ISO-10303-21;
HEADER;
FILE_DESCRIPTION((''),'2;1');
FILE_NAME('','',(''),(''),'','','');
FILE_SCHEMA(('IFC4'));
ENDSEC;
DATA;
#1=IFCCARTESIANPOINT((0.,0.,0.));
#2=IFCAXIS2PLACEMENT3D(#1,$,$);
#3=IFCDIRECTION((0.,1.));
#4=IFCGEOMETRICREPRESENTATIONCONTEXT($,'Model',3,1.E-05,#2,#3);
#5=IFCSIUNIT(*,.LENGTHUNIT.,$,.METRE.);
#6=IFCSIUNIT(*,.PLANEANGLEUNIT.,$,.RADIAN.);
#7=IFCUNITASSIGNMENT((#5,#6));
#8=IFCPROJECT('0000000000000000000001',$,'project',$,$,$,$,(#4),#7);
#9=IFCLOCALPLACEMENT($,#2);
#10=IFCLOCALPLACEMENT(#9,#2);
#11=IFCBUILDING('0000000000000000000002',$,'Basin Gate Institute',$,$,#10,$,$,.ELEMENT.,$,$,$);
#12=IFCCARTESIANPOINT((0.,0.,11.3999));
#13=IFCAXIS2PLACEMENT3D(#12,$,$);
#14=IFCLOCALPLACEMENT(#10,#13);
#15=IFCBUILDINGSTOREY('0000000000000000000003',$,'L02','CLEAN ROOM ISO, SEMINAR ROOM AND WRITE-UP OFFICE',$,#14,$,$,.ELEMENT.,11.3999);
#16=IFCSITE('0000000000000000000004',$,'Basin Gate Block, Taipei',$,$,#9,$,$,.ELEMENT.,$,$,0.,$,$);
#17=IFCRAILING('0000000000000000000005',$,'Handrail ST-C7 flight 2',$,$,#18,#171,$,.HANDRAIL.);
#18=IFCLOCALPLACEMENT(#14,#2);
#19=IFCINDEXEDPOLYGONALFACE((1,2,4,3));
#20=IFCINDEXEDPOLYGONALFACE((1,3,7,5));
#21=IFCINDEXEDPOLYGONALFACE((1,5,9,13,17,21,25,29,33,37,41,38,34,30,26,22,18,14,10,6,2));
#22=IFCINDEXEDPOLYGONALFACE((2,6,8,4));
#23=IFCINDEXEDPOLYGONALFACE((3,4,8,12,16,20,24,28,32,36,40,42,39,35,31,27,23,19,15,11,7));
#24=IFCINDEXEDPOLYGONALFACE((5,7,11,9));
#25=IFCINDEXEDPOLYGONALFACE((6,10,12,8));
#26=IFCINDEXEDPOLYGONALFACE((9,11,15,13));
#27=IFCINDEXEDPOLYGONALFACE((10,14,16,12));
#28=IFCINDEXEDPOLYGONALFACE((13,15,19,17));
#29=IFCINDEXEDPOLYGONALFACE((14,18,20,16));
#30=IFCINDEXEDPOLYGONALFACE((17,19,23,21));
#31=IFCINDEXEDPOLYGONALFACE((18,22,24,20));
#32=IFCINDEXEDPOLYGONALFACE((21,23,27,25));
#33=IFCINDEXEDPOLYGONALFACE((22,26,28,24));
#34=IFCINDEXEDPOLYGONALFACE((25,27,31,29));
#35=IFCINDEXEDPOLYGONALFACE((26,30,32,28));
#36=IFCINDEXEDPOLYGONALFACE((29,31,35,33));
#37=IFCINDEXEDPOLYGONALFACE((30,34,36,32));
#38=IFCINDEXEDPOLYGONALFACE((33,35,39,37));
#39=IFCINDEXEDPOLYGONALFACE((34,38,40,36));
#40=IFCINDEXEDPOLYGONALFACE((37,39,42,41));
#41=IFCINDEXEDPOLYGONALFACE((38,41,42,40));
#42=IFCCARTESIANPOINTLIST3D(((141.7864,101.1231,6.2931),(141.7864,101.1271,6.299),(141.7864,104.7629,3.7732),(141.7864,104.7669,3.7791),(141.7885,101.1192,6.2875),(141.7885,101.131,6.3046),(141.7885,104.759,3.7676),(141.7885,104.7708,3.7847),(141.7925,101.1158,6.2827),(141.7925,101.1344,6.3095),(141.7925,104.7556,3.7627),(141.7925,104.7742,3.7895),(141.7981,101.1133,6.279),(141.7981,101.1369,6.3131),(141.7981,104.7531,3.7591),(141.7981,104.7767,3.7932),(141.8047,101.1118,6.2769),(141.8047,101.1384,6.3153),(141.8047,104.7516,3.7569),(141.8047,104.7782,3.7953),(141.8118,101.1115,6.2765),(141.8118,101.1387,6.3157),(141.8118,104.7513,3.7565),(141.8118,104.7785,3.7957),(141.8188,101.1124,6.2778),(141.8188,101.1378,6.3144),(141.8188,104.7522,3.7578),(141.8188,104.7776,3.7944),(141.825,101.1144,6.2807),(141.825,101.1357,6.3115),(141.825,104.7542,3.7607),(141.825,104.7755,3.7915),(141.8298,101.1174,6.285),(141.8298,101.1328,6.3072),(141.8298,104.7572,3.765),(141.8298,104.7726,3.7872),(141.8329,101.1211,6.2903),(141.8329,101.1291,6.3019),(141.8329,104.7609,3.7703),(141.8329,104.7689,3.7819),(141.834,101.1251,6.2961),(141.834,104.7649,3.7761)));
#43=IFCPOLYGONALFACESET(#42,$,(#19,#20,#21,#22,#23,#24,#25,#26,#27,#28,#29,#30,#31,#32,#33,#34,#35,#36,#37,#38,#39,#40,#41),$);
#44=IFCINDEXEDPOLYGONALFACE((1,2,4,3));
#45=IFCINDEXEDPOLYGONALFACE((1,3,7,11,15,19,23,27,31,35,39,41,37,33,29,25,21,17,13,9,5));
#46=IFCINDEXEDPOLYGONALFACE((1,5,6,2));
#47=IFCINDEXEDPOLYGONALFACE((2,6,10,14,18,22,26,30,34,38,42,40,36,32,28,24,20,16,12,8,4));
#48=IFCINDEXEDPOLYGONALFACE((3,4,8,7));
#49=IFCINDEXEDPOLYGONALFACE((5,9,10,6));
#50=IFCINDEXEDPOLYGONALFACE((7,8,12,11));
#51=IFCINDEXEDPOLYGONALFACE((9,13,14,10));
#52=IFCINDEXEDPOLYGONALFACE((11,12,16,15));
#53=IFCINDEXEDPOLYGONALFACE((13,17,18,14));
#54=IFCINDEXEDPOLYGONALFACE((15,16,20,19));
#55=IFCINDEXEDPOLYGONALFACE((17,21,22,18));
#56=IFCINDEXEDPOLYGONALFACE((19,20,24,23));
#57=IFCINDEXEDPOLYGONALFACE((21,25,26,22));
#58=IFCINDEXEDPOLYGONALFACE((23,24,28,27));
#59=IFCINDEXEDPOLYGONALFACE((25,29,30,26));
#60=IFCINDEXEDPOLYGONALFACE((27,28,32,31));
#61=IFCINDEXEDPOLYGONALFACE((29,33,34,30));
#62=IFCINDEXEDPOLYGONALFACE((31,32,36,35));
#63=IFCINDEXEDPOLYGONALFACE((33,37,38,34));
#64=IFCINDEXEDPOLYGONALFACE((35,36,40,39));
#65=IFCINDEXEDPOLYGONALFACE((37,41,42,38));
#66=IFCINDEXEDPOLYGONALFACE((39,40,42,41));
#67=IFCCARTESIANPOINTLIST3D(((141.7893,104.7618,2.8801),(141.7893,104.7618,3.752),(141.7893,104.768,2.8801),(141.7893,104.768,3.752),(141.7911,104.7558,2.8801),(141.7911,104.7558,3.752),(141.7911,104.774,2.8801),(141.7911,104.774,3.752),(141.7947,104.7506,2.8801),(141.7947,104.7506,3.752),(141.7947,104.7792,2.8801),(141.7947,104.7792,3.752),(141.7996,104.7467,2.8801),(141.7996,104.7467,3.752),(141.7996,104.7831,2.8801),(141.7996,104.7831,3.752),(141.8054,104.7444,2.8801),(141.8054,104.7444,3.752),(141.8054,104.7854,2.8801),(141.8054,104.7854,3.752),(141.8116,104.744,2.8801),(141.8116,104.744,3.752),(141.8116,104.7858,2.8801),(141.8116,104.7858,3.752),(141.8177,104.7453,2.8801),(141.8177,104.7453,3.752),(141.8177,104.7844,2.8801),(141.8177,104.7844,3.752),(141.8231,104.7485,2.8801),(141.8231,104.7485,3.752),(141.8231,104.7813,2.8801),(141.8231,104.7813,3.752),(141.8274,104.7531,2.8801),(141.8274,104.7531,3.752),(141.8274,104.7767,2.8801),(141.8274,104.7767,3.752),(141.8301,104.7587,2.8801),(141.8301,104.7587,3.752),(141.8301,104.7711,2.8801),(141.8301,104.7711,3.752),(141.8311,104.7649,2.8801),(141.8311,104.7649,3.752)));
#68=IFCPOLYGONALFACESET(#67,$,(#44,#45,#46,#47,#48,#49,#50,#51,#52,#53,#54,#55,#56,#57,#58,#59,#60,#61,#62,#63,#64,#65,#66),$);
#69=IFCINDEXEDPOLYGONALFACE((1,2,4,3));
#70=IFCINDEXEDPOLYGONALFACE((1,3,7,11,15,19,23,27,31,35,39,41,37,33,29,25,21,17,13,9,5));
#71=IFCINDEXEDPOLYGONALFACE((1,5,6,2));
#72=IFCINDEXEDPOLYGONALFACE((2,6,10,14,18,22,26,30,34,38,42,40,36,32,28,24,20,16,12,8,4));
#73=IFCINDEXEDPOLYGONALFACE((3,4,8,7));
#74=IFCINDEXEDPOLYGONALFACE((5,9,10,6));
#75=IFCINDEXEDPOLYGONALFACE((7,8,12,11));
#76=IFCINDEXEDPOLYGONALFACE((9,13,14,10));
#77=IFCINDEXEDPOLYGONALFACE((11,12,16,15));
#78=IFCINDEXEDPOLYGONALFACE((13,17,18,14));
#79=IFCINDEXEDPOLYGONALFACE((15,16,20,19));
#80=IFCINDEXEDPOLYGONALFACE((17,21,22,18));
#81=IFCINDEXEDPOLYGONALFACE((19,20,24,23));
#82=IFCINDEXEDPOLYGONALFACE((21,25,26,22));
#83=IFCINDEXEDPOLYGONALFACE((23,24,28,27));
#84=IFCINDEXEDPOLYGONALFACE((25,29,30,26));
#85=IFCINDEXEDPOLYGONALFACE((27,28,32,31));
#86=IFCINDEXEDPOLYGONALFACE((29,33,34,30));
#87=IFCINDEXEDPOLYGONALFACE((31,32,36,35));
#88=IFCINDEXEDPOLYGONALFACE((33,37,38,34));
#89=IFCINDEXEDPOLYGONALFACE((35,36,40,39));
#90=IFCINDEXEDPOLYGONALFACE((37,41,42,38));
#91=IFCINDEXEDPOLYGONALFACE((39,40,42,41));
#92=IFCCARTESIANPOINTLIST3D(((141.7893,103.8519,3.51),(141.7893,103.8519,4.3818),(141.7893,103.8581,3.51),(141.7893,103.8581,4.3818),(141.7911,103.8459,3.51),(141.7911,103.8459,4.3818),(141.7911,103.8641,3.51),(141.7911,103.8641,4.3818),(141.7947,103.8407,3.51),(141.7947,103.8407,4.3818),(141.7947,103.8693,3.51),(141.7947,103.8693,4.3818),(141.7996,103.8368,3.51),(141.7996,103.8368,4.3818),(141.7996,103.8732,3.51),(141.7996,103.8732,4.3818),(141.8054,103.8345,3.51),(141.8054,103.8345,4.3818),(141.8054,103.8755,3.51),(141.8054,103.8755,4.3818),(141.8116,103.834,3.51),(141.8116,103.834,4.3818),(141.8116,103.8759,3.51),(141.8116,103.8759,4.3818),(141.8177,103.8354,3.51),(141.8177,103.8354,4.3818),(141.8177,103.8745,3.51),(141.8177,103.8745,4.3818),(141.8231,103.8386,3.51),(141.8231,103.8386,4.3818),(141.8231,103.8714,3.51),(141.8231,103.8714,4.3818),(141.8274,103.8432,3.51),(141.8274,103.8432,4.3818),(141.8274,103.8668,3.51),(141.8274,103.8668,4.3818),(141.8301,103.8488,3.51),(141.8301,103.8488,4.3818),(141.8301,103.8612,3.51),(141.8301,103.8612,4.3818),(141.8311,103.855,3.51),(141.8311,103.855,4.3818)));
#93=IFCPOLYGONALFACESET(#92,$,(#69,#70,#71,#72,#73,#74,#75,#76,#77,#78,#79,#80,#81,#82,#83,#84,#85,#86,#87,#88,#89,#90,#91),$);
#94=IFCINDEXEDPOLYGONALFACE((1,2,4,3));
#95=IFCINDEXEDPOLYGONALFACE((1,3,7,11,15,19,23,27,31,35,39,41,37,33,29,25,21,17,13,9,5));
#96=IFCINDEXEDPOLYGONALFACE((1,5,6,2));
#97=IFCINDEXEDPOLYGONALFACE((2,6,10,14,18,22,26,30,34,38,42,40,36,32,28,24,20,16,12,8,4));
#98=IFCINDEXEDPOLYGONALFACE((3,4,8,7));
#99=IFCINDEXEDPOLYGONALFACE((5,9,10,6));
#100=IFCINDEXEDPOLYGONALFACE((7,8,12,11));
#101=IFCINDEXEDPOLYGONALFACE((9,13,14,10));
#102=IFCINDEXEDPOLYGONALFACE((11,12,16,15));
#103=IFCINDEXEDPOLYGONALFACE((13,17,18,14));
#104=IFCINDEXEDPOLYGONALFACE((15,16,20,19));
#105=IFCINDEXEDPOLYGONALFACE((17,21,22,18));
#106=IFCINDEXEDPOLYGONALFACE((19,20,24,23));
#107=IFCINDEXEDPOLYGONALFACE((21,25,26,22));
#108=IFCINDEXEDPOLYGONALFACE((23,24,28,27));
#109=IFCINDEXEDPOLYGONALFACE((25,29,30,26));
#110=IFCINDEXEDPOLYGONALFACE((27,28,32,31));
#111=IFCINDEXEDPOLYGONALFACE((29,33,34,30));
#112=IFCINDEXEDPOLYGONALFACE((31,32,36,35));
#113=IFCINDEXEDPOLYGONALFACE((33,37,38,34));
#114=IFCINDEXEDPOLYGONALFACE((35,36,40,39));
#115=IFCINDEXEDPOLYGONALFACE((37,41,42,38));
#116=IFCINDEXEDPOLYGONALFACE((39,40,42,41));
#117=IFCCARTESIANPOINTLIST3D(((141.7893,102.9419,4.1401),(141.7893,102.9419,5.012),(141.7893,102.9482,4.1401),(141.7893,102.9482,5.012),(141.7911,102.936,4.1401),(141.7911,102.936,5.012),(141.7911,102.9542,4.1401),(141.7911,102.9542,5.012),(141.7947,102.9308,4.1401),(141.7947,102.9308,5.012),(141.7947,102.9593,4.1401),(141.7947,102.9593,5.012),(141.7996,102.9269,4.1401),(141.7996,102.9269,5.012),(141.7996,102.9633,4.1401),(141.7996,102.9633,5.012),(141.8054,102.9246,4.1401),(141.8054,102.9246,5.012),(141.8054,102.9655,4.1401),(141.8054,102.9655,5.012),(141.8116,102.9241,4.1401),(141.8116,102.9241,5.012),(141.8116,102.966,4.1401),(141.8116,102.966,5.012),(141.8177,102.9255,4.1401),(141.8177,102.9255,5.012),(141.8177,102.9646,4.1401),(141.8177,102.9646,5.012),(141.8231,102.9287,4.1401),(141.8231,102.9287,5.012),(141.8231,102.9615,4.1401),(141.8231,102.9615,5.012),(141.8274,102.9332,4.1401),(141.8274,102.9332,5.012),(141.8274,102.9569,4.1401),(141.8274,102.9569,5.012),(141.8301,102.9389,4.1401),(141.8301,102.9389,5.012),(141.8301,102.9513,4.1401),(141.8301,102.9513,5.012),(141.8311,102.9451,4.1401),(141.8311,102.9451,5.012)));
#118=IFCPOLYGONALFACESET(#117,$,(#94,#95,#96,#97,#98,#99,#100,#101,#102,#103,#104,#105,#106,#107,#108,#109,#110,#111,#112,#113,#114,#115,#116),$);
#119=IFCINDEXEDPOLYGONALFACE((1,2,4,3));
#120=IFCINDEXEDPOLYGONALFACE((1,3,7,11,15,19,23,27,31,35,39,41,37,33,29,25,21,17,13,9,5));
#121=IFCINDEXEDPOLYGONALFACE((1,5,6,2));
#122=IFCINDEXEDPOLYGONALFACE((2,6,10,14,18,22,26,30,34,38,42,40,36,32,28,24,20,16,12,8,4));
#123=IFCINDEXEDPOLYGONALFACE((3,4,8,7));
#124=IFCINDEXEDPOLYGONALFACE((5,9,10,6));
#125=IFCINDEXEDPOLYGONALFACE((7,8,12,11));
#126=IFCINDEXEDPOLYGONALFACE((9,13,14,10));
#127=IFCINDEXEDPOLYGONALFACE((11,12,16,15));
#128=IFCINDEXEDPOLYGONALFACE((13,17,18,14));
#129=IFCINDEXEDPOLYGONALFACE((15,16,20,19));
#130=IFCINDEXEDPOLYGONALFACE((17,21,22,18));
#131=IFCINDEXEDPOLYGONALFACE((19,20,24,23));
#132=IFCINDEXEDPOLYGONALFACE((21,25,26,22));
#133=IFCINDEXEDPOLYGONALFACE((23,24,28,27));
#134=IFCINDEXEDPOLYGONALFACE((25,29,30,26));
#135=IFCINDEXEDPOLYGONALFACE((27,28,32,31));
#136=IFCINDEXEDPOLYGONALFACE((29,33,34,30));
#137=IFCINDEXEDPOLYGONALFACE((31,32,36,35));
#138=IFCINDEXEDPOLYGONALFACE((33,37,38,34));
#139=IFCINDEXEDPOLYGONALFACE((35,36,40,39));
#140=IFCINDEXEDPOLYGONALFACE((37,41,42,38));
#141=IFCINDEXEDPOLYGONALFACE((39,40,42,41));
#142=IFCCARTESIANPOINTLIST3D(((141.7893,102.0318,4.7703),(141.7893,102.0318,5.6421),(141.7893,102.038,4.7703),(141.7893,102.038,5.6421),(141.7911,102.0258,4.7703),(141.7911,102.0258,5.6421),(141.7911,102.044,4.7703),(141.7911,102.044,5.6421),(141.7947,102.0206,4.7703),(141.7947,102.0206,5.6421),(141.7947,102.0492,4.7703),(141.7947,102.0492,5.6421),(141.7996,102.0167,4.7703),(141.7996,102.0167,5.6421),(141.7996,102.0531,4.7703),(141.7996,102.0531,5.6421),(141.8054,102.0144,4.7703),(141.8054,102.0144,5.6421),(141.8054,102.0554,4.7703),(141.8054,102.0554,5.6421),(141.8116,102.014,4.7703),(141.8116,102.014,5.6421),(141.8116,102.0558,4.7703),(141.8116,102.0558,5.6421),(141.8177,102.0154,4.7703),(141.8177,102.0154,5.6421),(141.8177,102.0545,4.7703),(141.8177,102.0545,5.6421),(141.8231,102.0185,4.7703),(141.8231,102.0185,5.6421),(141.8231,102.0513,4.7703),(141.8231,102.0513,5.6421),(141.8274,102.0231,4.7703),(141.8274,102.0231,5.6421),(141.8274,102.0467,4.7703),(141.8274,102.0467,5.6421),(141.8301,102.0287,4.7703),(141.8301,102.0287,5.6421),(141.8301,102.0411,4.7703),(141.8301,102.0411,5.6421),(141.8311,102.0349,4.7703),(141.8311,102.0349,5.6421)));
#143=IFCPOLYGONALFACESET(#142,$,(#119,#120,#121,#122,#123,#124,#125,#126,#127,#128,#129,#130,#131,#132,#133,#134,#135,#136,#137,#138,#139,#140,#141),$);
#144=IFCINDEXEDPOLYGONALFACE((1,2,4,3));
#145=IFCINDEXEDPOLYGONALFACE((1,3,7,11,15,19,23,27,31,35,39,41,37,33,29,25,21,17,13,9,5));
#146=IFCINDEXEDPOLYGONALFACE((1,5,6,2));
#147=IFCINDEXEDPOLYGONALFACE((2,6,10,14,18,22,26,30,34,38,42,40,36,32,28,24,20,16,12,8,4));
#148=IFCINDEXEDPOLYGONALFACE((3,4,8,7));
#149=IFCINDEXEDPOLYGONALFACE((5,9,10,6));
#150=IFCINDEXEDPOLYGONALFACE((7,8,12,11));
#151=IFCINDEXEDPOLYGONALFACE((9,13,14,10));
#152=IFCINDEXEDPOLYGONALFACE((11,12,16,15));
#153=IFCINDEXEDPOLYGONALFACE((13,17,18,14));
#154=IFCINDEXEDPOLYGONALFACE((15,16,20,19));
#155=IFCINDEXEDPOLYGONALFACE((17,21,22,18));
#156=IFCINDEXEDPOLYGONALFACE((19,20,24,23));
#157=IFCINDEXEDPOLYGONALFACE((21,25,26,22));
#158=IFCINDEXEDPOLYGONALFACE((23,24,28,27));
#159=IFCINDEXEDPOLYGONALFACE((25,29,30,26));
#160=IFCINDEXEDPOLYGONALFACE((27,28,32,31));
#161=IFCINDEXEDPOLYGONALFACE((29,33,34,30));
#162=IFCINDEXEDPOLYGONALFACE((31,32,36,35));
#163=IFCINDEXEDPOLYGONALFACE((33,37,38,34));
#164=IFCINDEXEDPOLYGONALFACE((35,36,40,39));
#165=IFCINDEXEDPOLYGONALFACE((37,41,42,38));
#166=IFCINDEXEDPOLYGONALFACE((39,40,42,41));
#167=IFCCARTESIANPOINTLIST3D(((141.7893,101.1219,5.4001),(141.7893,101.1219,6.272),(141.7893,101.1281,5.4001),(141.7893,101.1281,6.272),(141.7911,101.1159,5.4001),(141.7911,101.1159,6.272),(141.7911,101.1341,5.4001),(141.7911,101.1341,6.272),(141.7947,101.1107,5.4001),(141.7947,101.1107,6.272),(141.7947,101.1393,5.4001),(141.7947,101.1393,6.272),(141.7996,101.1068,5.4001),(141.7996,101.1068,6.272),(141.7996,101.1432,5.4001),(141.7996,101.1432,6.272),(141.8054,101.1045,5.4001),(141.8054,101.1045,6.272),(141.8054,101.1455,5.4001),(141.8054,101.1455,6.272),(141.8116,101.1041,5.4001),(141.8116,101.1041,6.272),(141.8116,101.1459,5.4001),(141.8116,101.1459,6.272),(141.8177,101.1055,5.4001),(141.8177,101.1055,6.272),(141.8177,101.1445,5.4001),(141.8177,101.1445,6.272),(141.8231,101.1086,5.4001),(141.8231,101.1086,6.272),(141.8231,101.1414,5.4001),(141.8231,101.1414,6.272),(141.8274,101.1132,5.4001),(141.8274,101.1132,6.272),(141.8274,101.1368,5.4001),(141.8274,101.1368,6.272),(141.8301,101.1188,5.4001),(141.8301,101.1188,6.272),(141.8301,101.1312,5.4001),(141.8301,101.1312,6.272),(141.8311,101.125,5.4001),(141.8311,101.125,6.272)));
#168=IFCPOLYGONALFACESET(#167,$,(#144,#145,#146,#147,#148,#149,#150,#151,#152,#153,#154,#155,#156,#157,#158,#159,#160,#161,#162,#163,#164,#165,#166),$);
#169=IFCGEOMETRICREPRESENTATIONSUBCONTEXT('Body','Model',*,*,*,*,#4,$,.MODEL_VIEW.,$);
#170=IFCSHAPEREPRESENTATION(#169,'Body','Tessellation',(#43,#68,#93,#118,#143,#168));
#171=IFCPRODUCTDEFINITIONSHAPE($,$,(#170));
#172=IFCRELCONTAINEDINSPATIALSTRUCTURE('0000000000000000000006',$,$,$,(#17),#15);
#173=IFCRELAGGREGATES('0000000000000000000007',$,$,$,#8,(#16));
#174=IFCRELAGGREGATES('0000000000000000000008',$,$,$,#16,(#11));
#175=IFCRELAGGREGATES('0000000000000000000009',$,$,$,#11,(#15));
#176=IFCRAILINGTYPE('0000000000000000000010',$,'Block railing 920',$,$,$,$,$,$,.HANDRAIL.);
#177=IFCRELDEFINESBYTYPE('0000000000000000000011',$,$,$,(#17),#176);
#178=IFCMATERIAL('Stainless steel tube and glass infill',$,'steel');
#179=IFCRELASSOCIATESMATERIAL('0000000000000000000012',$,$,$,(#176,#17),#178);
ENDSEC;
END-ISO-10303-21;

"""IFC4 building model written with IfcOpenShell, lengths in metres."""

from ifc_helpers import new_model, si_unit, direction, frame, origin, origin_2d, place, context, subcontext, project, spatial, circle, extrude, material, type_object, element, save


model = new_model("IFC4")

# Units and contexts
model_context = context("Model", 3, precision=1e-05, world=origin(), true_north=direction((0.0, 1.0)))
body_context = subcontext(model_context, "Body", "Model", "MODEL_VIEW")
ifc_project = project(units=[si_unit("LENGTHUNIT", "METRE"), si_unit("PLANEANGLEUNIT", "RADIAN")], contexts=[model_context])

# Site, building, storey
site_placement = place(None, origin())
site = spatial("IfcSite", under=ifc_project, at=site_placement, Name="Basin Gate Block, Taipei", CompositionType="ELEMENT", RefElevation=0.0)
building_placement = place(site_placement, origin())
building = spatial("IfcBuilding", under=site, at=building_placement, Name="Basin Gate Institute", CompositionType="ELEMENT")
storey_placement = place(building_placement, frame((0.0, 0.0, 11.3999)))
storey = spatial("IfcBuildingStorey", under=building, at=storey_placement, Name="L02", Description="CLEAN ROOM ISO, SEMINAR ROOM AND WRITE-UP OFFICE", CompositionType="ELEMENT", Elevation=11.3999)

# Railing
ifc_material_1 = material(Name="Stainless steel tube and glass infill", Category="steel")
railing_type_1 = type_object("IfcRailingType", Name="Block railing 920", PredefinedType="HANDRAIL", material=ifc_material_1)
for number, where, name in (
    (1, (141.8101, 104.7649, 2.8801), "Handrail ST-C7 flight 2"),
):
    element("IfcRailing", number, at=place(storey_placement, frame(where)), inside=storey, type_object=railing_type_1, material=ifc_material_1, Name=name, PredefinedType="HANDRAIL", context=body_context, shape_type="SweptSolid", body=[
        extrude(circle(Radius=0.0239, at=origin_2d()), frame((0.0, 0.0, 0.896), z_axis=(0.0, -0.822182, 0.569224), x_axis=(1.0, 0.0, 0.0)), (0.0, 0.0, 1.0), 4.427),
        extrude(circle(Radius=0.021, at=origin_2d()), origin(), (0.0, 0.0, 1.0), 0.8718),
        extrude(circle(Radius=0.021, at=origin_2d()), frame((0.0, -0.9099, 0.6299)), (0.0, 0.0, 1.0), 0.8718),
        extrude(circle(Radius=0.021, at=origin_2d()), frame((0.0, -1.8198, 1.26)), (0.0, 0.0, 1.0), 0.8718),
        extrude(circle(Radius=0.021, at=origin_2d()), frame((0.0, -2.73, 1.8901)), (0.0, 0.0, 1.0), 0.8718),
        extrude(circle(Radius=0.021, at=origin_2d()), frame((0.0, -3.6399, 2.52)), (0.0, 0.0, 1.0), 0.8718),
    ])

save(model, "model.ifc")
